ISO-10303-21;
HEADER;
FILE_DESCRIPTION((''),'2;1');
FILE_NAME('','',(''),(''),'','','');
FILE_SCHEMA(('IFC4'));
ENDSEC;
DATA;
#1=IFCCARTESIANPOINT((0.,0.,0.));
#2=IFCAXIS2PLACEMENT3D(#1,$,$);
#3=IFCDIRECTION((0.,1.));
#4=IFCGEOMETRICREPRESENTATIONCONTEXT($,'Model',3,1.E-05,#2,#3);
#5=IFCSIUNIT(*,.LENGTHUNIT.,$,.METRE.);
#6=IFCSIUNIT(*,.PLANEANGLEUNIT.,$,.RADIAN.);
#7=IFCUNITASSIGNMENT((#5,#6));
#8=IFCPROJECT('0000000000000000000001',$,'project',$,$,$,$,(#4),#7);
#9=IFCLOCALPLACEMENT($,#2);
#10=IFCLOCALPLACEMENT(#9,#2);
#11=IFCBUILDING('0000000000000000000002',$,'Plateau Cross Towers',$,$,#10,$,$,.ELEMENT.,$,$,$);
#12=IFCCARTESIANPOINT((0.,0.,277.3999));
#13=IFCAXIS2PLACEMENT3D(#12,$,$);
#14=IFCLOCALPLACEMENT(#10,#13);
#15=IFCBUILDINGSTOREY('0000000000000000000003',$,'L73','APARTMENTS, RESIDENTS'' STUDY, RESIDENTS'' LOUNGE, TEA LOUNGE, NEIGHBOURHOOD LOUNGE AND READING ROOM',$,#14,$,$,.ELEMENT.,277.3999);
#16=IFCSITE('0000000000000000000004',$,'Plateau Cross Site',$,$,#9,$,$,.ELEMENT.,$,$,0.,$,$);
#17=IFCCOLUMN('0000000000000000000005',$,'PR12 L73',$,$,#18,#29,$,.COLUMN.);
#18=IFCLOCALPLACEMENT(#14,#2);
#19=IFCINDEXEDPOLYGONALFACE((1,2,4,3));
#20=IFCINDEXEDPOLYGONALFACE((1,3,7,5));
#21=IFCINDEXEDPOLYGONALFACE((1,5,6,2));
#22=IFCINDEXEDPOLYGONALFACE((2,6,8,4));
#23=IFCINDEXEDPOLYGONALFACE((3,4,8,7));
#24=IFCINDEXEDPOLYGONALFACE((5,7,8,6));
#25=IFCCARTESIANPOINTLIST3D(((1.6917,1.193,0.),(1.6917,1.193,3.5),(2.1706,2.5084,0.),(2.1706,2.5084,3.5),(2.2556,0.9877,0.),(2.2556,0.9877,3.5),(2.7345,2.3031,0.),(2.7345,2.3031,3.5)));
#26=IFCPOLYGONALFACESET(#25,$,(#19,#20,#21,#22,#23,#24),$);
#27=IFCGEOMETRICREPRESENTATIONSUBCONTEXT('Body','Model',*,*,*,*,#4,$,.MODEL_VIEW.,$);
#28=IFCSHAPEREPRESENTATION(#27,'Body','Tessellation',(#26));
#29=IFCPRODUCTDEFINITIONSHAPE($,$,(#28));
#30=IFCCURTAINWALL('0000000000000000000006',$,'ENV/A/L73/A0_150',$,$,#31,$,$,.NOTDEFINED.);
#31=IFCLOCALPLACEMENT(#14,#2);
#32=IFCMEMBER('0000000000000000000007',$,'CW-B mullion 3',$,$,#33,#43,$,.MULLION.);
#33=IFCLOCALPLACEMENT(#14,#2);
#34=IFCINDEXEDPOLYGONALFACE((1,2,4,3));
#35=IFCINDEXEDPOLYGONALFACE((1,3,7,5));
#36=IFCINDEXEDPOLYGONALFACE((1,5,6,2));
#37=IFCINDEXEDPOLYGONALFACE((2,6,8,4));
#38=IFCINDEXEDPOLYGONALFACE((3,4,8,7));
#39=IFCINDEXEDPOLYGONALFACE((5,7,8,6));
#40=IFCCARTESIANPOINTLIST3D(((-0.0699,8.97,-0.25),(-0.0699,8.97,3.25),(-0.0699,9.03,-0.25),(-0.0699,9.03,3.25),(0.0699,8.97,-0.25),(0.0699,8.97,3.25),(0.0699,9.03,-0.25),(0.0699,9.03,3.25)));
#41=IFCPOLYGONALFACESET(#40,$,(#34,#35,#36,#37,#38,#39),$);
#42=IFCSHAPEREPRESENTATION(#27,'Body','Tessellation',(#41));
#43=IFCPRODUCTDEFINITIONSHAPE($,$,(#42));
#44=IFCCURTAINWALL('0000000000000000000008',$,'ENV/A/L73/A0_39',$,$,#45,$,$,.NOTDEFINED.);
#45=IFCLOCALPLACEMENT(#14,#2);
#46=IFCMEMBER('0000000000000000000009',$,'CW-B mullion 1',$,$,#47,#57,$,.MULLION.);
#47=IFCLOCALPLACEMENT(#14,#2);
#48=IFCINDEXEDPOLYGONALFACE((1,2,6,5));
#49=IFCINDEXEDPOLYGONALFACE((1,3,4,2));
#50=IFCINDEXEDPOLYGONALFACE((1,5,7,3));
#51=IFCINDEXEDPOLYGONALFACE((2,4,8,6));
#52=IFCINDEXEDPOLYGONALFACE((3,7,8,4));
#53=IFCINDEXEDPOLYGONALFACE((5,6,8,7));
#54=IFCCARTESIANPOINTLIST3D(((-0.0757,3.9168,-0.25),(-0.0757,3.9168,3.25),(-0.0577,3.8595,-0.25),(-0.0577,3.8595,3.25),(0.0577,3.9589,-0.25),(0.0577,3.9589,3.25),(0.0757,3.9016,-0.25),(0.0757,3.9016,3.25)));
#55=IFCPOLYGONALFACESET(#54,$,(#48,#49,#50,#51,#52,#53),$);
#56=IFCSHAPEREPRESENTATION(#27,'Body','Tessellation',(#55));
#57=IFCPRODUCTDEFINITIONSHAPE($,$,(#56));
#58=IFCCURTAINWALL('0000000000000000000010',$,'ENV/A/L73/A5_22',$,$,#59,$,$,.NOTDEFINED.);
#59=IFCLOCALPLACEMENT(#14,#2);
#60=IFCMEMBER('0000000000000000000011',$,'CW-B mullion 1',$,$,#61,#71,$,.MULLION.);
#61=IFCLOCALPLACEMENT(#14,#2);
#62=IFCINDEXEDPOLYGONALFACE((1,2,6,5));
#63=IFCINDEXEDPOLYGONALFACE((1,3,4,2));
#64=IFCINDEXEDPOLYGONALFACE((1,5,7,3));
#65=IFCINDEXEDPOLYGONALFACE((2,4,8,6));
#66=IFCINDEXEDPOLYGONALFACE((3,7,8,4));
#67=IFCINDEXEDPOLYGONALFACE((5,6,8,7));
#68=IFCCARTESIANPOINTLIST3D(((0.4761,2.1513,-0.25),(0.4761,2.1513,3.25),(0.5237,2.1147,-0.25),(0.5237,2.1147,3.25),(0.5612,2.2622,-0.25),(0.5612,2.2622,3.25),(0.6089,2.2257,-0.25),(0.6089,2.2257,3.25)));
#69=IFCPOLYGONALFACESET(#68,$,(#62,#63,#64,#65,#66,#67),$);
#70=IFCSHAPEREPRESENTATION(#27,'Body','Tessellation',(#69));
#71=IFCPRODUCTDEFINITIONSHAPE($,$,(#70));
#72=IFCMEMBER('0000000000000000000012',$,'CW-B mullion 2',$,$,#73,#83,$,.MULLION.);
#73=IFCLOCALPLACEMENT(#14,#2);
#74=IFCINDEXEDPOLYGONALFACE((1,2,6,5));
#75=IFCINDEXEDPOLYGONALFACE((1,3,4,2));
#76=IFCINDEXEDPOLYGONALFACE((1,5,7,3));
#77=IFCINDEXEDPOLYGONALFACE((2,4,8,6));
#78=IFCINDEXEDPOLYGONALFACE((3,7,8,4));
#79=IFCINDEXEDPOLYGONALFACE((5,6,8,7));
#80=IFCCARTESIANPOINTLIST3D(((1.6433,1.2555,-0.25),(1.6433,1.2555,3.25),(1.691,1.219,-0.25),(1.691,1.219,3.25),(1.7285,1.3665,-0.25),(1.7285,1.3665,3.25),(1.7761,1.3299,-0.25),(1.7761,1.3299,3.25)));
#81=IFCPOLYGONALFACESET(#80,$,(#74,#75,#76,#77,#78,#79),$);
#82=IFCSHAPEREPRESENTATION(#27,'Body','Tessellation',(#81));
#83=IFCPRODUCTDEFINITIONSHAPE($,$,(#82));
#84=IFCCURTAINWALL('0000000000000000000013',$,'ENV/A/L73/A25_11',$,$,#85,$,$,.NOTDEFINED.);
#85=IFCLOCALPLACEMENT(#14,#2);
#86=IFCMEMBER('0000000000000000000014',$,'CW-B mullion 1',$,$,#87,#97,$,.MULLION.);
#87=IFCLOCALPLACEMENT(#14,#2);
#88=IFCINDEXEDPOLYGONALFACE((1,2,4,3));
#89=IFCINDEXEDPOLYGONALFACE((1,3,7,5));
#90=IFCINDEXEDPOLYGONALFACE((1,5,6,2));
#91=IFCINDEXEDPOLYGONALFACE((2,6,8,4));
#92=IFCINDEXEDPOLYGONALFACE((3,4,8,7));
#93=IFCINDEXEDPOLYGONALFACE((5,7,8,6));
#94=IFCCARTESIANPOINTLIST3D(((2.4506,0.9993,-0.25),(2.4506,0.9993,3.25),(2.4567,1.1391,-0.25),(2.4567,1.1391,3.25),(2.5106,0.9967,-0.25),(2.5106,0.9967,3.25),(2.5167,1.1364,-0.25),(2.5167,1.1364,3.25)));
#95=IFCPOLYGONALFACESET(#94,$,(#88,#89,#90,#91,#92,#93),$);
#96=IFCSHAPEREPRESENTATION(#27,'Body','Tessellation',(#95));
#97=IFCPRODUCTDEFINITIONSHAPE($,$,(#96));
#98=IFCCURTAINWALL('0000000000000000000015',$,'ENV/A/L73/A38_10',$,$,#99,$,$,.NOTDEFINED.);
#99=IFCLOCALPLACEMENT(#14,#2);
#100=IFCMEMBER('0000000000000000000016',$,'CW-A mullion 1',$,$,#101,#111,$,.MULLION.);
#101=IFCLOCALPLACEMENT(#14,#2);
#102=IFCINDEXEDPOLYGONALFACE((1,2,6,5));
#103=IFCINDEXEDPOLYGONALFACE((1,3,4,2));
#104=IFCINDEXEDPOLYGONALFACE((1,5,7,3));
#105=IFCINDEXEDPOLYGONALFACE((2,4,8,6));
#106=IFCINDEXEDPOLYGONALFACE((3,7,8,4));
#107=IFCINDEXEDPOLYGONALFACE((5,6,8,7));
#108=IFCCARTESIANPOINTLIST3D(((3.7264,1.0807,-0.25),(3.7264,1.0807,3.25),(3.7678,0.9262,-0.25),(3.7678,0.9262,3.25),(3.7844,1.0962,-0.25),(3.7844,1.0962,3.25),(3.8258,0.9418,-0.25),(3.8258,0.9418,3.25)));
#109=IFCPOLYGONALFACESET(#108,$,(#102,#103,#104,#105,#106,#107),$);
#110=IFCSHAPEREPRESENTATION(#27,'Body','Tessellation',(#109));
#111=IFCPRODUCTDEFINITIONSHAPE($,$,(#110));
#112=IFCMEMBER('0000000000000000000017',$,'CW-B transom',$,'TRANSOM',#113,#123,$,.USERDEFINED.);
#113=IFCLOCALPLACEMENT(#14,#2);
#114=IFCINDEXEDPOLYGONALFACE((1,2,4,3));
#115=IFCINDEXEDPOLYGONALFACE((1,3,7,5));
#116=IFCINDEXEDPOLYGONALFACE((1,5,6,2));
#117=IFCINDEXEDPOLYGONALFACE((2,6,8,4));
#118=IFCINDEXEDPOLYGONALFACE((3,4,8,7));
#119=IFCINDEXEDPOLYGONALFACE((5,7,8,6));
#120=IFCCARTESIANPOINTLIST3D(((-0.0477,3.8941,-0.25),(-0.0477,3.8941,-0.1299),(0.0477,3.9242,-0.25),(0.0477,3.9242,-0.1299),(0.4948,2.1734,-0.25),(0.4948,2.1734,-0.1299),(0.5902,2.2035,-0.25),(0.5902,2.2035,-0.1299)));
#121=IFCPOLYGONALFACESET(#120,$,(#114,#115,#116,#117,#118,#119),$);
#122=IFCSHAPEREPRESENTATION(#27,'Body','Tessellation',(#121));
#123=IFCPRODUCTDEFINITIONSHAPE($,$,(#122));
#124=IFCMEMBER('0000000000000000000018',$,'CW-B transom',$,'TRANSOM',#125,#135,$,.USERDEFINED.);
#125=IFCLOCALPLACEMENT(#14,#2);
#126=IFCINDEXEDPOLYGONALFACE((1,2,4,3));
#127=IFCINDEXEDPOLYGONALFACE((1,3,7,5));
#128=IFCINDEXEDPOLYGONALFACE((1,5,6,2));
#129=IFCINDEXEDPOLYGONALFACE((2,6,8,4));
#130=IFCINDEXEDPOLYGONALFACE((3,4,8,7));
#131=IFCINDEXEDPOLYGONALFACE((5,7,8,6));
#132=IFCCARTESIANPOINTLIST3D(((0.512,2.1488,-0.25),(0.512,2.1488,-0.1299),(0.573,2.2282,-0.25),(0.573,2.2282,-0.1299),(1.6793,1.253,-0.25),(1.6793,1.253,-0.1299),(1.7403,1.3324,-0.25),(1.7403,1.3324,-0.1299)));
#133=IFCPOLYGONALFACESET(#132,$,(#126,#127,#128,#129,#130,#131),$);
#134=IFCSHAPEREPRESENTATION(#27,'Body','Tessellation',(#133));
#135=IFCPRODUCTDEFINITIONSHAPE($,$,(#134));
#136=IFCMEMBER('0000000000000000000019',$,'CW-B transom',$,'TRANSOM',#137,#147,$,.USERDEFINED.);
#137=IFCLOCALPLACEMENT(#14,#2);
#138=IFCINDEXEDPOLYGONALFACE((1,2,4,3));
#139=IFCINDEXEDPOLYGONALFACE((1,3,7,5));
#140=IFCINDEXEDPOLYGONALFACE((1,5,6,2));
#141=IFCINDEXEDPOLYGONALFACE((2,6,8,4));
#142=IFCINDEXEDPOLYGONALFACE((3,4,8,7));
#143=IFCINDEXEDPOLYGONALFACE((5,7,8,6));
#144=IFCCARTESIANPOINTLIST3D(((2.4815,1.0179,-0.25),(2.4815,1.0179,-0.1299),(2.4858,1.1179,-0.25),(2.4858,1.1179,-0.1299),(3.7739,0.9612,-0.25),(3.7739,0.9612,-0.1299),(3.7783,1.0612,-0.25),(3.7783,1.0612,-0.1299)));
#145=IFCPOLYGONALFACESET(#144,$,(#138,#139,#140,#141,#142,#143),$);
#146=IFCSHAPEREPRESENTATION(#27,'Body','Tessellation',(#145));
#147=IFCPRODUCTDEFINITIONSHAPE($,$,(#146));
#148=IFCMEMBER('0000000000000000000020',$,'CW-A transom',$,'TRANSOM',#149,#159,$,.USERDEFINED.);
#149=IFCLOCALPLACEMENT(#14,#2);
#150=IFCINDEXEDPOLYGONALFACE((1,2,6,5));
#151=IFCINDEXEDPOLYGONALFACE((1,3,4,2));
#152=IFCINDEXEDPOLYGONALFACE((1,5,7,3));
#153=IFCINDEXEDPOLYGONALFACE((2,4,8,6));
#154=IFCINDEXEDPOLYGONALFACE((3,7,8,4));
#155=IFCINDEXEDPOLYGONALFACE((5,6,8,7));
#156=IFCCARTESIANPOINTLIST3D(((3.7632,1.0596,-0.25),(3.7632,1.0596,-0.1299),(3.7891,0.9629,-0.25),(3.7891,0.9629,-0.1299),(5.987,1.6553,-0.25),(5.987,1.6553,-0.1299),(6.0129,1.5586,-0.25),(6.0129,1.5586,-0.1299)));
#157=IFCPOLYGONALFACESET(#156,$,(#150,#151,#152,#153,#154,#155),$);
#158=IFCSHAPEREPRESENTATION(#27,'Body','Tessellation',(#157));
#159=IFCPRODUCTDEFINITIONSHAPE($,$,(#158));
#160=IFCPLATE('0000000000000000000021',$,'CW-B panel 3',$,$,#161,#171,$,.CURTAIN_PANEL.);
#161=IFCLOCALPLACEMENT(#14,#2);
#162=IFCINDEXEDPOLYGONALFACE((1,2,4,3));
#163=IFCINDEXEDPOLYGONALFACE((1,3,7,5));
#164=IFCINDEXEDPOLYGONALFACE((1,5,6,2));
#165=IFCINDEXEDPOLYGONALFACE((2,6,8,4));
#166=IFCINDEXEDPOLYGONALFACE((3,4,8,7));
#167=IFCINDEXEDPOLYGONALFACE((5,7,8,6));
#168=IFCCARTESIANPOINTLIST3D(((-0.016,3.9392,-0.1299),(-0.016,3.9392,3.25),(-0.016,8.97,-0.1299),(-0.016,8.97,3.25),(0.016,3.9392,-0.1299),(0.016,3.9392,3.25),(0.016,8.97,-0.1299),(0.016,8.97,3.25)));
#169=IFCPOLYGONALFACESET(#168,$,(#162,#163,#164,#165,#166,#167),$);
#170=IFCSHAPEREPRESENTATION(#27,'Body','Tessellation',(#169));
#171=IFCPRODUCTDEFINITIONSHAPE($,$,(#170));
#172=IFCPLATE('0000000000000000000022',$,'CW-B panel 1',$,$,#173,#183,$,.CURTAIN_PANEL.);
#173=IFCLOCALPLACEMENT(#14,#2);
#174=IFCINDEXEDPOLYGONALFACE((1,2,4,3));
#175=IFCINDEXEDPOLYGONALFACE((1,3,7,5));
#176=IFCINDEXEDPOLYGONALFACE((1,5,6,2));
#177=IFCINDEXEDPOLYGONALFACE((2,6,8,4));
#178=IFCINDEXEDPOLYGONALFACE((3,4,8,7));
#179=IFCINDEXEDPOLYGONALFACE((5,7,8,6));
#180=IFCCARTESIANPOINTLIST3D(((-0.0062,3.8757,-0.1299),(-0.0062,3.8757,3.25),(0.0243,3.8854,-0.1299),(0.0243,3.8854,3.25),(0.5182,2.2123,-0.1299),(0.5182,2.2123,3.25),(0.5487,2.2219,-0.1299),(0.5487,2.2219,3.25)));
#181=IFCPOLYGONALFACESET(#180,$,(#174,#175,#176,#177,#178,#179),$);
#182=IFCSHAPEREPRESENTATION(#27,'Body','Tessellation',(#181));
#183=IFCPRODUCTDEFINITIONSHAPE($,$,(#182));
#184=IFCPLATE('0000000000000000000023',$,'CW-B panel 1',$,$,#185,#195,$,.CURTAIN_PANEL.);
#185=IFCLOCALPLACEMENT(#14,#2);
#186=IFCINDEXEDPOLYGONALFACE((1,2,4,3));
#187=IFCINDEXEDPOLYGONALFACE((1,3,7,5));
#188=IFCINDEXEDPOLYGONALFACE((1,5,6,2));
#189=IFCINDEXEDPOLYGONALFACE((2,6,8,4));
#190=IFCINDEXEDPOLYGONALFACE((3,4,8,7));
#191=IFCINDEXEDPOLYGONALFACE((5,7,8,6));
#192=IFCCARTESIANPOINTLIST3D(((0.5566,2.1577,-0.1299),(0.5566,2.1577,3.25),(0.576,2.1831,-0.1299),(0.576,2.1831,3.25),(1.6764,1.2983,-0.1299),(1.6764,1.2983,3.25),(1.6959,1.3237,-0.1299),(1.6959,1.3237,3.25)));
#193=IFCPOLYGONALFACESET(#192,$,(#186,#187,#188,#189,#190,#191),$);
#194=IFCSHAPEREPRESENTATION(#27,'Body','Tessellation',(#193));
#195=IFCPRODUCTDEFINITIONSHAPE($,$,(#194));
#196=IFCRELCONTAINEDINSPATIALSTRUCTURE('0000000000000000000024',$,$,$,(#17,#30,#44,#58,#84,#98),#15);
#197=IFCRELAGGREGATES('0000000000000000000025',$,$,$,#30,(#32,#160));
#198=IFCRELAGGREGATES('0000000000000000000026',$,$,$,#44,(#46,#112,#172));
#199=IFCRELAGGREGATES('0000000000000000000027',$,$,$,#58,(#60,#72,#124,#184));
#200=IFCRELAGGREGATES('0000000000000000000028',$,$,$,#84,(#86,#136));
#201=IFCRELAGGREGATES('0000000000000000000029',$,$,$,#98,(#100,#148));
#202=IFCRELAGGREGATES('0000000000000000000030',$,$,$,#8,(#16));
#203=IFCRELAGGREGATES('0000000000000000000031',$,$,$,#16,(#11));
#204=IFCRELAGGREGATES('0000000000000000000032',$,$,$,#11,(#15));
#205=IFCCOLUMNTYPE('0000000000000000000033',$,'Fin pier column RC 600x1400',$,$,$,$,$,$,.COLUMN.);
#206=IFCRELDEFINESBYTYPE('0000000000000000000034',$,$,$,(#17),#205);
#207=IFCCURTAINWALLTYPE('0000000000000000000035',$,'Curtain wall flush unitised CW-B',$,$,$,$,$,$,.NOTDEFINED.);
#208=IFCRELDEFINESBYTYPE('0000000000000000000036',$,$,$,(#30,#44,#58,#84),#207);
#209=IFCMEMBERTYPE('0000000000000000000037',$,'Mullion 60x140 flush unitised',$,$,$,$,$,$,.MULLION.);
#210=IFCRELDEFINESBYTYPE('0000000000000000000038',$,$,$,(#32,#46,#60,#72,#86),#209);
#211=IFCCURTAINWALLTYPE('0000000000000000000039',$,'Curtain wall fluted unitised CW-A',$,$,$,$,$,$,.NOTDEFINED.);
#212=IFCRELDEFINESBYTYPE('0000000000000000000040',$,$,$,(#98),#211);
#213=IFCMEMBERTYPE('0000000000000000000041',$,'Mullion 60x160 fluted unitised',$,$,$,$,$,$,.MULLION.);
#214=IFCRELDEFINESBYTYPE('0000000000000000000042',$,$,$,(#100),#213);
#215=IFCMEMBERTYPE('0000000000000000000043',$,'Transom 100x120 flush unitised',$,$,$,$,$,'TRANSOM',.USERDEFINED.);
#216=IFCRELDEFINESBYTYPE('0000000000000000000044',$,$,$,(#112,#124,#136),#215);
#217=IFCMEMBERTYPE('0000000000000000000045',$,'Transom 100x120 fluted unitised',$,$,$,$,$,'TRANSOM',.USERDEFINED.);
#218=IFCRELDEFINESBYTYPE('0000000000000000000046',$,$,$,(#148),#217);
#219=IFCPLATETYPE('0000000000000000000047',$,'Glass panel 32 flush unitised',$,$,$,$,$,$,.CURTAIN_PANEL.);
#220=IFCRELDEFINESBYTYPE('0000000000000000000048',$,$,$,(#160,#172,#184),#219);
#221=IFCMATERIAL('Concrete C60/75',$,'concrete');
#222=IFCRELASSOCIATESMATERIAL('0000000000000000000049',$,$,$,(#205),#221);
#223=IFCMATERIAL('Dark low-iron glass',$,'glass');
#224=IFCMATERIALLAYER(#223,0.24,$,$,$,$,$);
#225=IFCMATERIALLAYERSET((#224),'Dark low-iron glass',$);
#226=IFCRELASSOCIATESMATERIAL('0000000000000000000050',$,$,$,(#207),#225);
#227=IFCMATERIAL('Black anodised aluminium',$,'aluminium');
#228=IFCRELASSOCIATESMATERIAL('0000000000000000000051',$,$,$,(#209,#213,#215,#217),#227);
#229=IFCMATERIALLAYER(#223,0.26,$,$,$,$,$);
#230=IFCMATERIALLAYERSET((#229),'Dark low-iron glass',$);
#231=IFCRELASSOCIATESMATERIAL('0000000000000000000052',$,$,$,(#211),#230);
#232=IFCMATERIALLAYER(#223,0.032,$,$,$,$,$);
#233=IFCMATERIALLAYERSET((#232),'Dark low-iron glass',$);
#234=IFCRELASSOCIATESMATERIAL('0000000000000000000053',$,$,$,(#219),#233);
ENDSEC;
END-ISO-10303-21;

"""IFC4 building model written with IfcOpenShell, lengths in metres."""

from ifc_helpers import new_model, si_unit, direction, frame, origin, origin_2d, place, context, subcontext, project, spatial, rectangle, extrude, material, layer, layer_set, material_profile, profile_set, type_object, element, aggregate, save


model = new_model("IFC4")

# Units and contexts
model_context = context("Model", 3, precision=1e-05, world=origin(), true_north=direction((0.0, 1.0)))
body_context = subcontext(model_context, "Body", "Model", "MODEL_VIEW")
ifc_project = project(units=[si_unit("LENGTHUNIT", "METRE"), si_unit("PLANEANGLEUNIT", "RADIAN")], contexts=[model_context])

# Site, building, storey
site_placement = place(None, origin())
site = spatial("IfcSite", under=ifc_project, at=site_placement, Name="Plateau Cross Site", CompositionType="ELEMENT", RefElevation=0.0)
building_placement = place(site_placement, origin())
building = spatial("IfcBuilding", under=site, at=building_placement, Name="Plateau Cross Towers", CompositionType="ELEMENT")
storey_placement = place(building_placement, frame((0.0, 0.0, 277.3999)))
storey = spatial("IfcBuildingStorey", under=building, at=storey_placement, Name="L73", Description="APARTMENTS, RESIDENTS' STUDY, RESIDENTS' LOUNGE, TEA LOUNGE, NEIGHBOURHOOD LOUNGE AND READING ROOM", CompositionType="ELEMENT", Elevation=277.3999)

# Column
ifc_material_1 = material(Name="Concrete C60/75", Category="concrete")
ifc_material_profile_1 = material_profile(ifc_material_1, rectangle(XDim=0.6001, YDim=1.3999, at=origin_2d()), Name="RC 600x1400")
ifc_profile_set_1 = profile_set([ifc_material_profile_1], Name="Concrete C60/75")
column_type = type_object("IfcColumnType", Name="Fin pier column RC 600x1400", PredefinedType="COLUMN", material=ifc_profile_set_1)
column_placement = place(storey_placement, frame((2.2131, 1.748, 0.0), z_axis=(0.0, 0.0, 1.0), x_axis=(-0.939664, 0.342098, 0.0)))
element("IfcColumn", 1, at=column_placement, inside=storey, type_object=column_type, Name="PR12 L73", PredefinedType="COLUMN", context=body_context, shape_type="SweptSolid", body=[
    extrude(rectangle(XDim=0.6001, YDim=1.3999, at=origin_2d()), origin(), (0.0, 0.0, 1.0), 3.5),
])

# Curtain walls, members
ifc_material_2 = material(Name="Dark low-iron glass", Category="glass")
ifc_layer_1 = layer(ifc_material_2, 0.24)
ifc_layer_set_1 = layer_set([ifc_layer_1], Name="Dark low-iron glass")
curtain_wall_type_1 = type_object("IfcCurtainWallType", Name="Curtain wall flush unitised CW-B", PredefinedType="NOTDEFINED", material=ifc_layer_set_1)
curtain_wall_1_placement = place(storey_placement, origin())
curtain_wall_1 = element("IfcCurtainWall", 2, at=curtain_wall_1_placement, inside=storey, type_object=curtain_wall_type_1, Name="ENV/A/L73/A0_150", PredefinedType="NOTDEFINED")
ifc_material_3 = material(Name="Black anodised aluminium", Category="aluminium")
ifc_material_profile_2 = material_profile(ifc_material_3, rectangle(XDim=0.0601, YDim=0.1399, at=origin_2d()), Name="MULLION 60x140")
ifc_profile_set_2 = profile_set([ifc_material_profile_2], Name="Black anodised aluminium")
member_type_1 = type_object("IfcMemberType", Name="Mullion 60x140 flush unitised", PredefinedType="MULLION", material=ifc_profile_set_2)
member_1_placement = place(storey_placement, frame((0.0, 9.0, -0.25), z_axis=(0.0, 0.0, 1.0), x_axis=(0.0, -1.0, 0.0)))
member_1 = element("IfcMember", 3, at=member_1_placement, type_object=member_type_1, Name="CW-B mullion 3", PredefinedType="MULLION", context=body_context, shape_type="SweptSolid", body=[
    extrude(rectangle(XDim=0.0601, YDim=0.1399, at=origin_2d()), origin(), (0.0, 0.0, 1.0), 3.5),
])
curtain_wall_2_placement = place(storey_placement, origin())
curtain_wall_2 = element("IfcCurtainWall", 4, at=curtain_wall_2_placement, inside=storey, type_object=curtain_wall_type_1, Name="ENV/A/L73/A0_39", PredefinedType="NOTDEFINED")
member_2_placement = place(storey_placement, frame((0.0, 3.9092, -0.25), z_axis=(0.0, 0.0, 1.0), x_axis=(0.300686, -0.953723, 0.0)))
member_2 = element("IfcMember", 5, at=member_2_placement, type_object=member_type_1, Name="CW-B mullion 1", PredefinedType="MULLION", context=body_context, shape_type="SweptSolid", body=[
    extrude(rectangle(XDim=0.0601, YDim=0.1399, at=origin_2d()), origin(), (0.0, 0.0, 1.0), 3.5),
])

# Curtain wall, members
curtain_wall_3_placement = place(storey_placement, origin())
curtain_wall_3 = element("IfcCurtainWall", 6, at=curtain_wall_3_placement, inside=storey, type_object=curtain_wall_type_1, Name="ENV/A/L73/A5_22", PredefinedType="NOTDEFINED")
member_3_placement = place(storey_placement, frame((0.5425, 2.1885, -0.25), z_axis=(0.0, 0.0, 1.0), x_axis=(0.793316, -0.608811, 0.0)))
member_3 = element("IfcMember", 7, at=member_3_placement, type_object=member_type_1, Name="CW-B mullion 1", PredefinedType="MULLION", context=body_context, shape_type="SweptSolid", body=[
    extrude(rectangle(XDim=0.0601, YDim=0.1399, at=origin_2d()), origin(), (0.0, 0.0, 1.0), 3.5),
])
member_4_placement = place(storey_placement, frame((1.7097, 1.2927, -0.25), z_axis=(0.0, 0.0, 1.0), x_axis=(0.793316, -0.608811, 0.0)))
member_4 = element("IfcMember", 8, at=member_4_placement, type_object=member_type_1, Name="CW-B mullion 2", PredefinedType="MULLION", context=body_context, shape_type="SweptSolid", body=[
    extrude(rectangle(XDim=0.0601, YDim=0.1399, at=origin_2d()), origin(), (0.0, 0.0, 1.0), 3.5),
])

# Curtain walls, members
curtain_wall_4_placement = place(storey_placement, origin())
curtain_wall_4 = element("IfcCurtainWall", 9, at=curtain_wall_4_placement, inside=storey, type_object=curtain_wall_type_1, Name="ENV/A/L73/A25_11", PredefinedType="NOTDEFINED")
member_5_placement = place(storey_placement, frame((2.4836, 1.0679, -0.25), z_axis=(0.0, 0.0, 1.0), x_axis=(0.999044, -0.043723, 0.0)))
member_5 = element("IfcMember", 10, at=member_5_placement, type_object=member_type_1, Name="CW-B mullion 1", PredefinedType="MULLION", context=body_context, shape_type="SweptSolid", body=[
    extrude(rectangle(XDim=0.0601, YDim=0.1399, at=origin_2d()), origin(), (0.0, 0.0, 1.0), 3.5),
])
ifc_layer_2 = layer(ifc_material_2, 0.26)
ifc_layer_set_2 = layer_set([ifc_layer_2], Name="Dark low-iron glass")
curtain_wall_type_2 = type_object("IfcCurtainWallType", Name="Curtain wall fluted unitised CW-A", PredefinedType="NOTDEFINED", material=ifc_layer_set_2)
curtain_wall_5_placement = place(storey_placement, origin())
curtain_wall_5 = element("IfcCurtainWall", 11, at=curtain_wall_5_placement, inside=storey, type_object=curtain_wall_type_2, Name="ENV/A/L73/A38_10", PredefinedType="NOTDEFINED")
ifc_material_profile_3 = material_profile(ifc_material_3, rectangle(XDim=0.0601, YDim=0.1599, at=origin_2d()), Name="MULLION 60x160")
ifc_profile_set_3 = profile_set([ifc_material_profile_3], Name="Black anodised aluminium")
member_type_2 = type_object("IfcMemberType", Name="Mullion 60x160 fluted unitised", PredefinedType="MULLION", material=ifc_profile_set_3)
member_6_placement = place(storey_placement, frame((3.7761, 1.0112, -0.25), z_axis=(0.0, 0.0, 1.0), x_axis=(0.965958, 0.258699, 0.0)))
member_6 = element("IfcMember", 12, at=member_6_placement, type_object=member_type_2, Name="CW-A mullion 1", PredefinedType="MULLION", context=body_context, shape_type="SweptSolid", body=[
    extrude(rectangle(XDim=0.0601, YDim=0.1599, at=origin_2d()), origin(), (0.0, 0.0, 1.0), 3.5),
])

# Members
ifc_material_profile_4 = material_profile(ifc_material_3, rectangle(XDim=0.1001, YDim=0.1201, at=origin_2d()), Name="TRANSOM 100x120")
ifc_profile_set_4 = profile_set([ifc_material_profile_4], Name="Black anodised aluminium")
member_type_3 = type_object("IfcMemberType", Name="Transom 100x120 flush unitised", ElementType="TRANSOM", PredefinedType="USERDEFINED", material=ifc_profile_set_4)
member_7_placement = place(storey_placement, frame((0.0, 3.9092, -0.1899), z_axis=(0.300678, -0.953726, 0.0), x_axis=(0.953726, 0.300678, 0.0)))
member_7 = element("IfcMember", 13, at=member_7_placement, type_object=member_type_3, Name="CW-B transom", ObjectType="TRANSOM", PredefinedType="USERDEFINED", context=body_context, shape_type="SweptSolid", body=[
    extrude(rectangle(XDim=0.1001, YDim=0.1201, at=origin_2d()), origin(), (0.0, 0.0, 1.0), 1.8042),
])
member_8_placement = place(storey_placement, frame((0.5425, 2.1885, -0.1899), z_axis=(0.793321, -0.608804, 0.0), x_axis=(0.608804, 0.793321, 0.0)))
member_8 = element("IfcMember", 14, at=member_8_placement, type_object=member_type_3, Name="CW-B transom", ObjectType="TRANSOM", PredefinedType="USERDEFINED", context=body_context, shape_type="SweptSolid", body=[
    extrude(rectangle(XDim=0.1001, YDim=0.1201, at=origin_2d()), origin(), (0.0, 0.0, 1.0), 1.4714),
])
member_9_placement = place(storey_placement, frame((2.4836, 1.0679, -0.1899), z_axis=(0.999041, -0.043781, 0.0), x_axis=(0.043781, 0.999041, 0.0)))
member_9 = element("IfcMember", 15, at=member_9_placement, type_object=member_type_3, Name="CW-B transom", ObjectType="TRANSOM", PredefinedType="USERDEFINED", context=body_context, shape_type="SweptSolid", body=[
    extrude(rectangle(XDim=0.1001, YDim=0.1201, at=origin_2d()), origin(), (0.0, 0.0, 1.0), 1.2937),
])
ifc_material_profile_5 = material_profile(ifc_material_3, rectangle(XDim=0.1001, YDim=0.1201, at=origin_2d()), Name="TRANSOM 100x120")
ifc_profile_set_5 = profile_set([ifc_material_profile_5], Name="Black anodised aluminium")
member_type_4 = type_object("IfcMemberType", Name="Transom 100x120 fluted unitised", ElementType="TRANSOM", PredefinedType="USERDEFINED", material=ifc_profile_set_5)
member_10_placement = place(storey_placement, frame((3.7761, 1.0112, -0.1899), z_axis=(0.965946, 0.258745, 0.0), x_axis=(-0.258745, 0.965946, 0.0)))
member_10 = element("IfcMember", 16, at=member_10_placement, type_object=member_type_4, Name="CW-A transom", ObjectType="TRANSOM", PredefinedType="USERDEFINED", context=body_context, shape_type="SweptSolid", body=[
    extrude(rectangle(XDim=0.1001, YDim=0.1201, at=origin_2d()), origin(), (0.0, 0.0, 1.0), 2.3022),
])

# Plates
ifc_layer_3 = layer(ifc_material_2, 0.032)
ifc_layer_set_3 = layer_set([ifc_layer_3], Name="Dark low-iron glass")
plate_type_1 = type_object("IfcPlateType", Name="Glass panel 32 flush unitised", PredefinedType="CURTAIN_PANEL", material=ifc_layer_set_3)
plate_1_placement = place(storey_placement, frame((0.0, 6.4546, -0.1299), z_axis=(0.0, 0.0, 1.0), x_axis=(0.0, -1.0, 0.0)))
plate_1 = element("IfcPlate", 17, at=plate_1_placement, type_object=plate_type_1, Name="CW-B panel 3", PredefinedType="CURTAIN_PANEL", context=body_context, shape_type="SweptSolid", body=[
    extrude(rectangle(XDim=5.0308, YDim=0.032, at=origin_2d()), origin(), (0.0, 0.0, 1.0), 3.3799),
])
aggregate(curtain_wall_1, [member_1, plate_1])
plate_2_placement = place(storey_placement, frame((0.2712, 3.0488, -0.1299), z_axis=(0.0, 0.0, 1.0), x_axis=(0.300686, -0.953723, 0.0)))
plate_2 = element("IfcPlate", 18, at=plate_2_placement, type_object=plate_type_1, Name="CW-B panel 1", PredefinedType="CURTAIN_PANEL", context=body_context, shape_type="SweptSolid", body=[
    extrude(rectangle(XDim=1.7441, YDim=0.032, at=origin_2d()), origin(), (0.0, 0.0, 1.0), 3.3799),
])
aggregate(curtain_wall_2, [member_2, member_7, plate_2])
plate_3_placement = place(storey_placement, frame((1.1262, 1.7407, -0.1299), z_axis=(0.0, 0.0, 1.0), x_axis=(0.793316, -0.608811, 0.0)))
plate_3 = element("IfcPlate", 19, at=plate_3_placement, type_object=plate_type_1, Name="CW-B panel 1", PredefinedType="CURTAIN_PANEL", context=body_context, shape_type="SweptSolid", body=[
    extrude(rectangle(XDim=1.4116, YDim=0.032, at=origin_2d()), origin(), (0.0, 0.0, 1.0), 3.3799),
])
aggregate(curtain_wall_3, [member_3, member_4, member_8, plate_3])
aggregate(curtain_wall_4, [member_5, member_9])
aggregate(curtain_wall_5, [member_6, member_10])

save(model, "model.ifc")
